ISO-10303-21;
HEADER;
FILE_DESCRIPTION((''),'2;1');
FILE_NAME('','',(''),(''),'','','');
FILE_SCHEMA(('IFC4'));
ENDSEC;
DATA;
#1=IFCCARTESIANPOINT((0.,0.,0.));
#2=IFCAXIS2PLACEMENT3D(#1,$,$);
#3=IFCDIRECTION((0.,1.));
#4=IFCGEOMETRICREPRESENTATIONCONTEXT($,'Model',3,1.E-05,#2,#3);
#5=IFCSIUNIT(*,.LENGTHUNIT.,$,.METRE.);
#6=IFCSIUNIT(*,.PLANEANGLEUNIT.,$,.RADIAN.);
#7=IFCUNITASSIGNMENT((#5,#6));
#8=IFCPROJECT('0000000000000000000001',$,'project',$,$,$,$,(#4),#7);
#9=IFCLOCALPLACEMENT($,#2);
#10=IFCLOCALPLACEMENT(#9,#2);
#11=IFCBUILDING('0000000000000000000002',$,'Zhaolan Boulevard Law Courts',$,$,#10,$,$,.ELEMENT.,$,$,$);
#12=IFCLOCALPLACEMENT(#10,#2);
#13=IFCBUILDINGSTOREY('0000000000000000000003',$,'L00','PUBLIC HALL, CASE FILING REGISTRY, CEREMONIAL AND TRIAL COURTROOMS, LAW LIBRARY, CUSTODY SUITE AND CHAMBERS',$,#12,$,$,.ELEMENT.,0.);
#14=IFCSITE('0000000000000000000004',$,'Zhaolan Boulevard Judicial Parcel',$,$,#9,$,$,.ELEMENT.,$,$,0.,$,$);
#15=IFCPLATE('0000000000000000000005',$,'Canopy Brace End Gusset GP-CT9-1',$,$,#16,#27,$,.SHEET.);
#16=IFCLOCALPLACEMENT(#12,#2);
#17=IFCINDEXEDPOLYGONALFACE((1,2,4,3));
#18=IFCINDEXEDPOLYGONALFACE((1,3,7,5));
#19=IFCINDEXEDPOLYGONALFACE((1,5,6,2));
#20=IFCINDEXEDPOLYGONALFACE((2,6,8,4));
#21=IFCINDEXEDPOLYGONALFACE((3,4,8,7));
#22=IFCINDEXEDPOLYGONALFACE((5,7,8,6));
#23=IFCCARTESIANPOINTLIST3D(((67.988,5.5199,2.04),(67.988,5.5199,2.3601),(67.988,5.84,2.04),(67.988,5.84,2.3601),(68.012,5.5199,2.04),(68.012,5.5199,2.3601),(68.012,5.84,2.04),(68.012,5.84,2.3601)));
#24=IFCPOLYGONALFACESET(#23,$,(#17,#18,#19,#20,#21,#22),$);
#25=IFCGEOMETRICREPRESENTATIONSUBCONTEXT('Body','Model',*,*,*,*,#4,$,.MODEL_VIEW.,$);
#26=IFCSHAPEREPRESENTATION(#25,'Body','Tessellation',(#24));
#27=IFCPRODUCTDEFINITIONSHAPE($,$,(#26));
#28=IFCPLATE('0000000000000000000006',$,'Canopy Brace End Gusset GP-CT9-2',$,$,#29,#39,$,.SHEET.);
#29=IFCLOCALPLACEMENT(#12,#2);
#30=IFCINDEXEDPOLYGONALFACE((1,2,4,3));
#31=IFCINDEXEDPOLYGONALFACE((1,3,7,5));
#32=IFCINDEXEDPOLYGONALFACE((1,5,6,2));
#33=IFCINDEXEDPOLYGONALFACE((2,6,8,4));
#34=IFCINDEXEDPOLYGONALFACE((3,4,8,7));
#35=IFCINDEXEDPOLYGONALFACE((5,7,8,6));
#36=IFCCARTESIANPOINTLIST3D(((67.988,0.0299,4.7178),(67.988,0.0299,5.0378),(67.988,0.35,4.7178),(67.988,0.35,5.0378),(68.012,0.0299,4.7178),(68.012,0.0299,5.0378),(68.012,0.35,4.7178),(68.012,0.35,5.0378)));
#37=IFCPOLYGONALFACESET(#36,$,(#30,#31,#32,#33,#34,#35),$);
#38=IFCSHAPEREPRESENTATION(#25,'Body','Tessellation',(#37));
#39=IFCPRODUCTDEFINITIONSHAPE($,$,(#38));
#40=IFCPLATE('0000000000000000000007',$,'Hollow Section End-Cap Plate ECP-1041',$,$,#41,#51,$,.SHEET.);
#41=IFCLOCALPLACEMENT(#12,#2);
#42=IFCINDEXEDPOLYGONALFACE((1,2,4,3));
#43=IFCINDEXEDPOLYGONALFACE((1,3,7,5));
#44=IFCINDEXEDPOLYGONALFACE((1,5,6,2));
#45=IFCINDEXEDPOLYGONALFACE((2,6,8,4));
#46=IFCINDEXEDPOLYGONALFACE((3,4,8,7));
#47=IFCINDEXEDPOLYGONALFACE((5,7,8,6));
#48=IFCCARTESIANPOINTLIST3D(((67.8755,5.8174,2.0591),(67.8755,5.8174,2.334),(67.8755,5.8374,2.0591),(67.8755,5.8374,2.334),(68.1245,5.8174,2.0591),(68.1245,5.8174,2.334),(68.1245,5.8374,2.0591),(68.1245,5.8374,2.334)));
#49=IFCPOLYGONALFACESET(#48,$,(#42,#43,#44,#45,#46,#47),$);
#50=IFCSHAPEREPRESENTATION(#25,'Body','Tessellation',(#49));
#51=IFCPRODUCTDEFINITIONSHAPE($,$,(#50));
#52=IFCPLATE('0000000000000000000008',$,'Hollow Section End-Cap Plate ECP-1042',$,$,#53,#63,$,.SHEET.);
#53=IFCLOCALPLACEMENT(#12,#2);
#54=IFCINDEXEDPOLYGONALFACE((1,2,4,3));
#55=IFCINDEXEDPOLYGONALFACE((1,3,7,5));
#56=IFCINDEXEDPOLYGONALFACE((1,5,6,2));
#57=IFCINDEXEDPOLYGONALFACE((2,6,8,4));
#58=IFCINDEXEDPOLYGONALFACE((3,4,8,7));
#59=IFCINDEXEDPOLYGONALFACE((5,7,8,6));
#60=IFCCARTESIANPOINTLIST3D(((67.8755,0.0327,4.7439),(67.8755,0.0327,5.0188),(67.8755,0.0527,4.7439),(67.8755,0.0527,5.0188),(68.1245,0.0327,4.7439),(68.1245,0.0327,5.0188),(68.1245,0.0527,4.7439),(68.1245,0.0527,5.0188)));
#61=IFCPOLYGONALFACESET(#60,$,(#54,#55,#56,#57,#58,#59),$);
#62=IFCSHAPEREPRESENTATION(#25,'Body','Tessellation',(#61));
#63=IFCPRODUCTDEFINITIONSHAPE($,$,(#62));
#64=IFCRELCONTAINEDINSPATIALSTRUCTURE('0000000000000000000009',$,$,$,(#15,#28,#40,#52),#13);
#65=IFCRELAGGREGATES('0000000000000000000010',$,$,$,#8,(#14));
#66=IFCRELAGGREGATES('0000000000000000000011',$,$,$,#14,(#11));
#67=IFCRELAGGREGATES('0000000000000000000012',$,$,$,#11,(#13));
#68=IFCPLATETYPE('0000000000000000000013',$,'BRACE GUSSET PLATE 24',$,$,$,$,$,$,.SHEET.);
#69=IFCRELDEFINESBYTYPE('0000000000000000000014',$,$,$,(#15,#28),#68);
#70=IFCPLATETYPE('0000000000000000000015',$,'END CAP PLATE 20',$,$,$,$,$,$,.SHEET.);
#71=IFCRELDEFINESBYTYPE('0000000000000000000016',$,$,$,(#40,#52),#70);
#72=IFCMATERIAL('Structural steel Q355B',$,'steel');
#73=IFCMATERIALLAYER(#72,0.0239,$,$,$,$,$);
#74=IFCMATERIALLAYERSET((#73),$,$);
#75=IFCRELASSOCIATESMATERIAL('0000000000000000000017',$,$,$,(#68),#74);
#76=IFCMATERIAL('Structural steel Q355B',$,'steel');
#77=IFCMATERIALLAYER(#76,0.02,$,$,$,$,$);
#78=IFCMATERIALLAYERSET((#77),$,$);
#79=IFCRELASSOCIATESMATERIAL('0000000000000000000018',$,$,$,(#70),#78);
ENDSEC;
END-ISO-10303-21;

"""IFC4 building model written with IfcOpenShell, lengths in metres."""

from ifc_helpers import new_model, si_unit, direction, frame, origin, origin_2d, place, context, subcontext, project, spatial, rectangle, extrude, material, layer, layer_set, type_object, element, save


model = new_model("IFC4")

# Units and contexts
model_context = context("Model", 3, precision=1e-05, world=origin(), true_north=direction((0.0, 1.0)))
body_context = subcontext(model_context, "Body", "Model", "MODEL_VIEW")
ifc_project = project(units=[si_unit("LENGTHUNIT", "METRE"), si_unit("PLANEANGLEUNIT", "RADIAN")], contexts=[model_context])

# Site, building, storey
site_placement = place(None, origin())
site = spatial("IfcSite", under=ifc_project, at=site_placement, Name="Zhaolan Boulevard Judicial Parcel", CompositionType="ELEMENT", RefElevation=0.0)
building_placement = place(site_placement, origin())
building = spatial("IfcBuilding", under=site, at=building_placement, Name="Zhaolan Boulevard Law Courts", CompositionType="ELEMENT")
storey_placement = place(building_placement, origin())
storey = spatial("IfcBuildingStorey", under=building, at=storey_placement, Name="L00", Description="PUBLIC HALL, CASE FILING REGISTRY, CEREMONIAL AND TRIAL COURTROOMS, LAW LIBRARY, CUSTODY SUITE AND CHAMBERS", CompositionType="ELEMENT", Elevation=0.0)

# Plates
ifc_material_1 = material(Name="Structural steel Q355B", Category="steel")
ifc_layer_1 = layer(ifc_material_1, 0.0239)
ifc_layer_set_1 = layer_set([ifc_layer_1])
plate_type_1 = type_object("IfcPlateType", Name="BRACE GUSSET PLATE 24", PredefinedType="SHEET", material=ifc_layer_set_1)
for number, where, z_axis, x_axis, name in (
    (1, (68.0, 5.6799, 2.04), (0.0, 0.0, 1.0), (1.0, 0.0, 0.0), "Canopy Brace End Gusset GP-CT9-1"),
    (2, (68.0, 0.1899, 4.7178), (0.0, 0.0, 1.0), (1.0, 0.0, 0.0), "Canopy Brace End Gusset GP-CT9-2"),
):
    element("IfcPlate", number, at=place(storey_placement, frame(where, z_axis=z_axis, x_axis=x_axis)), inside=storey, type_object=plate_type_1, Name=name, PredefinedType="SHEET", context=body_context, shape_type="SweptSolid", body=[
        extrude(rectangle(XDim=0.0239, YDim=0.3201, at=origin_2d()), origin(), (0.0, 0.0, 1.0), 0.3201),
    ])
ifc_material_2 = material(Name="Structural steel Q355B", Category="steel")
ifc_layer_2 = layer(ifc_material_2, 0.02)
ifc_layer_set_2 = layer_set([ifc_layer_2])
plate_type_2 = type_object("IfcPlateType", Name="END CAP PLATE 20", PredefinedType="SHEET", material=ifc_layer_set_2)
for number, where, z_axis, x_axis, name in (
    (3, (68.0, 5.8274, 2.0591), (0.0, 0.0, 1.0), (0.0, -1.0, 0.0), "Hollow Section End-Cap Plate ECP-1041"),
    (4, (68.0, 0.0427, 4.7439), (0.0, 0.0, 1.0), (0.0, -1.0, 0.0), "Hollow Section End-Cap Plate ECP-1042"),
):
    element("IfcPlate", number, at=place(storey_placement, frame(where, z_axis=z_axis, x_axis=x_axis)), inside=storey, type_object=plate_type_2, Name=name, PredefinedType="SHEET", context=body_context, shape_type="SweptSolid", body=[
        extrude(rectangle(XDim=0.02, YDim=0.249, at=origin_2d()), origin(), (0.0, 0.0, 1.0), 0.2749),
    ])

save(model, "model.ifc")
